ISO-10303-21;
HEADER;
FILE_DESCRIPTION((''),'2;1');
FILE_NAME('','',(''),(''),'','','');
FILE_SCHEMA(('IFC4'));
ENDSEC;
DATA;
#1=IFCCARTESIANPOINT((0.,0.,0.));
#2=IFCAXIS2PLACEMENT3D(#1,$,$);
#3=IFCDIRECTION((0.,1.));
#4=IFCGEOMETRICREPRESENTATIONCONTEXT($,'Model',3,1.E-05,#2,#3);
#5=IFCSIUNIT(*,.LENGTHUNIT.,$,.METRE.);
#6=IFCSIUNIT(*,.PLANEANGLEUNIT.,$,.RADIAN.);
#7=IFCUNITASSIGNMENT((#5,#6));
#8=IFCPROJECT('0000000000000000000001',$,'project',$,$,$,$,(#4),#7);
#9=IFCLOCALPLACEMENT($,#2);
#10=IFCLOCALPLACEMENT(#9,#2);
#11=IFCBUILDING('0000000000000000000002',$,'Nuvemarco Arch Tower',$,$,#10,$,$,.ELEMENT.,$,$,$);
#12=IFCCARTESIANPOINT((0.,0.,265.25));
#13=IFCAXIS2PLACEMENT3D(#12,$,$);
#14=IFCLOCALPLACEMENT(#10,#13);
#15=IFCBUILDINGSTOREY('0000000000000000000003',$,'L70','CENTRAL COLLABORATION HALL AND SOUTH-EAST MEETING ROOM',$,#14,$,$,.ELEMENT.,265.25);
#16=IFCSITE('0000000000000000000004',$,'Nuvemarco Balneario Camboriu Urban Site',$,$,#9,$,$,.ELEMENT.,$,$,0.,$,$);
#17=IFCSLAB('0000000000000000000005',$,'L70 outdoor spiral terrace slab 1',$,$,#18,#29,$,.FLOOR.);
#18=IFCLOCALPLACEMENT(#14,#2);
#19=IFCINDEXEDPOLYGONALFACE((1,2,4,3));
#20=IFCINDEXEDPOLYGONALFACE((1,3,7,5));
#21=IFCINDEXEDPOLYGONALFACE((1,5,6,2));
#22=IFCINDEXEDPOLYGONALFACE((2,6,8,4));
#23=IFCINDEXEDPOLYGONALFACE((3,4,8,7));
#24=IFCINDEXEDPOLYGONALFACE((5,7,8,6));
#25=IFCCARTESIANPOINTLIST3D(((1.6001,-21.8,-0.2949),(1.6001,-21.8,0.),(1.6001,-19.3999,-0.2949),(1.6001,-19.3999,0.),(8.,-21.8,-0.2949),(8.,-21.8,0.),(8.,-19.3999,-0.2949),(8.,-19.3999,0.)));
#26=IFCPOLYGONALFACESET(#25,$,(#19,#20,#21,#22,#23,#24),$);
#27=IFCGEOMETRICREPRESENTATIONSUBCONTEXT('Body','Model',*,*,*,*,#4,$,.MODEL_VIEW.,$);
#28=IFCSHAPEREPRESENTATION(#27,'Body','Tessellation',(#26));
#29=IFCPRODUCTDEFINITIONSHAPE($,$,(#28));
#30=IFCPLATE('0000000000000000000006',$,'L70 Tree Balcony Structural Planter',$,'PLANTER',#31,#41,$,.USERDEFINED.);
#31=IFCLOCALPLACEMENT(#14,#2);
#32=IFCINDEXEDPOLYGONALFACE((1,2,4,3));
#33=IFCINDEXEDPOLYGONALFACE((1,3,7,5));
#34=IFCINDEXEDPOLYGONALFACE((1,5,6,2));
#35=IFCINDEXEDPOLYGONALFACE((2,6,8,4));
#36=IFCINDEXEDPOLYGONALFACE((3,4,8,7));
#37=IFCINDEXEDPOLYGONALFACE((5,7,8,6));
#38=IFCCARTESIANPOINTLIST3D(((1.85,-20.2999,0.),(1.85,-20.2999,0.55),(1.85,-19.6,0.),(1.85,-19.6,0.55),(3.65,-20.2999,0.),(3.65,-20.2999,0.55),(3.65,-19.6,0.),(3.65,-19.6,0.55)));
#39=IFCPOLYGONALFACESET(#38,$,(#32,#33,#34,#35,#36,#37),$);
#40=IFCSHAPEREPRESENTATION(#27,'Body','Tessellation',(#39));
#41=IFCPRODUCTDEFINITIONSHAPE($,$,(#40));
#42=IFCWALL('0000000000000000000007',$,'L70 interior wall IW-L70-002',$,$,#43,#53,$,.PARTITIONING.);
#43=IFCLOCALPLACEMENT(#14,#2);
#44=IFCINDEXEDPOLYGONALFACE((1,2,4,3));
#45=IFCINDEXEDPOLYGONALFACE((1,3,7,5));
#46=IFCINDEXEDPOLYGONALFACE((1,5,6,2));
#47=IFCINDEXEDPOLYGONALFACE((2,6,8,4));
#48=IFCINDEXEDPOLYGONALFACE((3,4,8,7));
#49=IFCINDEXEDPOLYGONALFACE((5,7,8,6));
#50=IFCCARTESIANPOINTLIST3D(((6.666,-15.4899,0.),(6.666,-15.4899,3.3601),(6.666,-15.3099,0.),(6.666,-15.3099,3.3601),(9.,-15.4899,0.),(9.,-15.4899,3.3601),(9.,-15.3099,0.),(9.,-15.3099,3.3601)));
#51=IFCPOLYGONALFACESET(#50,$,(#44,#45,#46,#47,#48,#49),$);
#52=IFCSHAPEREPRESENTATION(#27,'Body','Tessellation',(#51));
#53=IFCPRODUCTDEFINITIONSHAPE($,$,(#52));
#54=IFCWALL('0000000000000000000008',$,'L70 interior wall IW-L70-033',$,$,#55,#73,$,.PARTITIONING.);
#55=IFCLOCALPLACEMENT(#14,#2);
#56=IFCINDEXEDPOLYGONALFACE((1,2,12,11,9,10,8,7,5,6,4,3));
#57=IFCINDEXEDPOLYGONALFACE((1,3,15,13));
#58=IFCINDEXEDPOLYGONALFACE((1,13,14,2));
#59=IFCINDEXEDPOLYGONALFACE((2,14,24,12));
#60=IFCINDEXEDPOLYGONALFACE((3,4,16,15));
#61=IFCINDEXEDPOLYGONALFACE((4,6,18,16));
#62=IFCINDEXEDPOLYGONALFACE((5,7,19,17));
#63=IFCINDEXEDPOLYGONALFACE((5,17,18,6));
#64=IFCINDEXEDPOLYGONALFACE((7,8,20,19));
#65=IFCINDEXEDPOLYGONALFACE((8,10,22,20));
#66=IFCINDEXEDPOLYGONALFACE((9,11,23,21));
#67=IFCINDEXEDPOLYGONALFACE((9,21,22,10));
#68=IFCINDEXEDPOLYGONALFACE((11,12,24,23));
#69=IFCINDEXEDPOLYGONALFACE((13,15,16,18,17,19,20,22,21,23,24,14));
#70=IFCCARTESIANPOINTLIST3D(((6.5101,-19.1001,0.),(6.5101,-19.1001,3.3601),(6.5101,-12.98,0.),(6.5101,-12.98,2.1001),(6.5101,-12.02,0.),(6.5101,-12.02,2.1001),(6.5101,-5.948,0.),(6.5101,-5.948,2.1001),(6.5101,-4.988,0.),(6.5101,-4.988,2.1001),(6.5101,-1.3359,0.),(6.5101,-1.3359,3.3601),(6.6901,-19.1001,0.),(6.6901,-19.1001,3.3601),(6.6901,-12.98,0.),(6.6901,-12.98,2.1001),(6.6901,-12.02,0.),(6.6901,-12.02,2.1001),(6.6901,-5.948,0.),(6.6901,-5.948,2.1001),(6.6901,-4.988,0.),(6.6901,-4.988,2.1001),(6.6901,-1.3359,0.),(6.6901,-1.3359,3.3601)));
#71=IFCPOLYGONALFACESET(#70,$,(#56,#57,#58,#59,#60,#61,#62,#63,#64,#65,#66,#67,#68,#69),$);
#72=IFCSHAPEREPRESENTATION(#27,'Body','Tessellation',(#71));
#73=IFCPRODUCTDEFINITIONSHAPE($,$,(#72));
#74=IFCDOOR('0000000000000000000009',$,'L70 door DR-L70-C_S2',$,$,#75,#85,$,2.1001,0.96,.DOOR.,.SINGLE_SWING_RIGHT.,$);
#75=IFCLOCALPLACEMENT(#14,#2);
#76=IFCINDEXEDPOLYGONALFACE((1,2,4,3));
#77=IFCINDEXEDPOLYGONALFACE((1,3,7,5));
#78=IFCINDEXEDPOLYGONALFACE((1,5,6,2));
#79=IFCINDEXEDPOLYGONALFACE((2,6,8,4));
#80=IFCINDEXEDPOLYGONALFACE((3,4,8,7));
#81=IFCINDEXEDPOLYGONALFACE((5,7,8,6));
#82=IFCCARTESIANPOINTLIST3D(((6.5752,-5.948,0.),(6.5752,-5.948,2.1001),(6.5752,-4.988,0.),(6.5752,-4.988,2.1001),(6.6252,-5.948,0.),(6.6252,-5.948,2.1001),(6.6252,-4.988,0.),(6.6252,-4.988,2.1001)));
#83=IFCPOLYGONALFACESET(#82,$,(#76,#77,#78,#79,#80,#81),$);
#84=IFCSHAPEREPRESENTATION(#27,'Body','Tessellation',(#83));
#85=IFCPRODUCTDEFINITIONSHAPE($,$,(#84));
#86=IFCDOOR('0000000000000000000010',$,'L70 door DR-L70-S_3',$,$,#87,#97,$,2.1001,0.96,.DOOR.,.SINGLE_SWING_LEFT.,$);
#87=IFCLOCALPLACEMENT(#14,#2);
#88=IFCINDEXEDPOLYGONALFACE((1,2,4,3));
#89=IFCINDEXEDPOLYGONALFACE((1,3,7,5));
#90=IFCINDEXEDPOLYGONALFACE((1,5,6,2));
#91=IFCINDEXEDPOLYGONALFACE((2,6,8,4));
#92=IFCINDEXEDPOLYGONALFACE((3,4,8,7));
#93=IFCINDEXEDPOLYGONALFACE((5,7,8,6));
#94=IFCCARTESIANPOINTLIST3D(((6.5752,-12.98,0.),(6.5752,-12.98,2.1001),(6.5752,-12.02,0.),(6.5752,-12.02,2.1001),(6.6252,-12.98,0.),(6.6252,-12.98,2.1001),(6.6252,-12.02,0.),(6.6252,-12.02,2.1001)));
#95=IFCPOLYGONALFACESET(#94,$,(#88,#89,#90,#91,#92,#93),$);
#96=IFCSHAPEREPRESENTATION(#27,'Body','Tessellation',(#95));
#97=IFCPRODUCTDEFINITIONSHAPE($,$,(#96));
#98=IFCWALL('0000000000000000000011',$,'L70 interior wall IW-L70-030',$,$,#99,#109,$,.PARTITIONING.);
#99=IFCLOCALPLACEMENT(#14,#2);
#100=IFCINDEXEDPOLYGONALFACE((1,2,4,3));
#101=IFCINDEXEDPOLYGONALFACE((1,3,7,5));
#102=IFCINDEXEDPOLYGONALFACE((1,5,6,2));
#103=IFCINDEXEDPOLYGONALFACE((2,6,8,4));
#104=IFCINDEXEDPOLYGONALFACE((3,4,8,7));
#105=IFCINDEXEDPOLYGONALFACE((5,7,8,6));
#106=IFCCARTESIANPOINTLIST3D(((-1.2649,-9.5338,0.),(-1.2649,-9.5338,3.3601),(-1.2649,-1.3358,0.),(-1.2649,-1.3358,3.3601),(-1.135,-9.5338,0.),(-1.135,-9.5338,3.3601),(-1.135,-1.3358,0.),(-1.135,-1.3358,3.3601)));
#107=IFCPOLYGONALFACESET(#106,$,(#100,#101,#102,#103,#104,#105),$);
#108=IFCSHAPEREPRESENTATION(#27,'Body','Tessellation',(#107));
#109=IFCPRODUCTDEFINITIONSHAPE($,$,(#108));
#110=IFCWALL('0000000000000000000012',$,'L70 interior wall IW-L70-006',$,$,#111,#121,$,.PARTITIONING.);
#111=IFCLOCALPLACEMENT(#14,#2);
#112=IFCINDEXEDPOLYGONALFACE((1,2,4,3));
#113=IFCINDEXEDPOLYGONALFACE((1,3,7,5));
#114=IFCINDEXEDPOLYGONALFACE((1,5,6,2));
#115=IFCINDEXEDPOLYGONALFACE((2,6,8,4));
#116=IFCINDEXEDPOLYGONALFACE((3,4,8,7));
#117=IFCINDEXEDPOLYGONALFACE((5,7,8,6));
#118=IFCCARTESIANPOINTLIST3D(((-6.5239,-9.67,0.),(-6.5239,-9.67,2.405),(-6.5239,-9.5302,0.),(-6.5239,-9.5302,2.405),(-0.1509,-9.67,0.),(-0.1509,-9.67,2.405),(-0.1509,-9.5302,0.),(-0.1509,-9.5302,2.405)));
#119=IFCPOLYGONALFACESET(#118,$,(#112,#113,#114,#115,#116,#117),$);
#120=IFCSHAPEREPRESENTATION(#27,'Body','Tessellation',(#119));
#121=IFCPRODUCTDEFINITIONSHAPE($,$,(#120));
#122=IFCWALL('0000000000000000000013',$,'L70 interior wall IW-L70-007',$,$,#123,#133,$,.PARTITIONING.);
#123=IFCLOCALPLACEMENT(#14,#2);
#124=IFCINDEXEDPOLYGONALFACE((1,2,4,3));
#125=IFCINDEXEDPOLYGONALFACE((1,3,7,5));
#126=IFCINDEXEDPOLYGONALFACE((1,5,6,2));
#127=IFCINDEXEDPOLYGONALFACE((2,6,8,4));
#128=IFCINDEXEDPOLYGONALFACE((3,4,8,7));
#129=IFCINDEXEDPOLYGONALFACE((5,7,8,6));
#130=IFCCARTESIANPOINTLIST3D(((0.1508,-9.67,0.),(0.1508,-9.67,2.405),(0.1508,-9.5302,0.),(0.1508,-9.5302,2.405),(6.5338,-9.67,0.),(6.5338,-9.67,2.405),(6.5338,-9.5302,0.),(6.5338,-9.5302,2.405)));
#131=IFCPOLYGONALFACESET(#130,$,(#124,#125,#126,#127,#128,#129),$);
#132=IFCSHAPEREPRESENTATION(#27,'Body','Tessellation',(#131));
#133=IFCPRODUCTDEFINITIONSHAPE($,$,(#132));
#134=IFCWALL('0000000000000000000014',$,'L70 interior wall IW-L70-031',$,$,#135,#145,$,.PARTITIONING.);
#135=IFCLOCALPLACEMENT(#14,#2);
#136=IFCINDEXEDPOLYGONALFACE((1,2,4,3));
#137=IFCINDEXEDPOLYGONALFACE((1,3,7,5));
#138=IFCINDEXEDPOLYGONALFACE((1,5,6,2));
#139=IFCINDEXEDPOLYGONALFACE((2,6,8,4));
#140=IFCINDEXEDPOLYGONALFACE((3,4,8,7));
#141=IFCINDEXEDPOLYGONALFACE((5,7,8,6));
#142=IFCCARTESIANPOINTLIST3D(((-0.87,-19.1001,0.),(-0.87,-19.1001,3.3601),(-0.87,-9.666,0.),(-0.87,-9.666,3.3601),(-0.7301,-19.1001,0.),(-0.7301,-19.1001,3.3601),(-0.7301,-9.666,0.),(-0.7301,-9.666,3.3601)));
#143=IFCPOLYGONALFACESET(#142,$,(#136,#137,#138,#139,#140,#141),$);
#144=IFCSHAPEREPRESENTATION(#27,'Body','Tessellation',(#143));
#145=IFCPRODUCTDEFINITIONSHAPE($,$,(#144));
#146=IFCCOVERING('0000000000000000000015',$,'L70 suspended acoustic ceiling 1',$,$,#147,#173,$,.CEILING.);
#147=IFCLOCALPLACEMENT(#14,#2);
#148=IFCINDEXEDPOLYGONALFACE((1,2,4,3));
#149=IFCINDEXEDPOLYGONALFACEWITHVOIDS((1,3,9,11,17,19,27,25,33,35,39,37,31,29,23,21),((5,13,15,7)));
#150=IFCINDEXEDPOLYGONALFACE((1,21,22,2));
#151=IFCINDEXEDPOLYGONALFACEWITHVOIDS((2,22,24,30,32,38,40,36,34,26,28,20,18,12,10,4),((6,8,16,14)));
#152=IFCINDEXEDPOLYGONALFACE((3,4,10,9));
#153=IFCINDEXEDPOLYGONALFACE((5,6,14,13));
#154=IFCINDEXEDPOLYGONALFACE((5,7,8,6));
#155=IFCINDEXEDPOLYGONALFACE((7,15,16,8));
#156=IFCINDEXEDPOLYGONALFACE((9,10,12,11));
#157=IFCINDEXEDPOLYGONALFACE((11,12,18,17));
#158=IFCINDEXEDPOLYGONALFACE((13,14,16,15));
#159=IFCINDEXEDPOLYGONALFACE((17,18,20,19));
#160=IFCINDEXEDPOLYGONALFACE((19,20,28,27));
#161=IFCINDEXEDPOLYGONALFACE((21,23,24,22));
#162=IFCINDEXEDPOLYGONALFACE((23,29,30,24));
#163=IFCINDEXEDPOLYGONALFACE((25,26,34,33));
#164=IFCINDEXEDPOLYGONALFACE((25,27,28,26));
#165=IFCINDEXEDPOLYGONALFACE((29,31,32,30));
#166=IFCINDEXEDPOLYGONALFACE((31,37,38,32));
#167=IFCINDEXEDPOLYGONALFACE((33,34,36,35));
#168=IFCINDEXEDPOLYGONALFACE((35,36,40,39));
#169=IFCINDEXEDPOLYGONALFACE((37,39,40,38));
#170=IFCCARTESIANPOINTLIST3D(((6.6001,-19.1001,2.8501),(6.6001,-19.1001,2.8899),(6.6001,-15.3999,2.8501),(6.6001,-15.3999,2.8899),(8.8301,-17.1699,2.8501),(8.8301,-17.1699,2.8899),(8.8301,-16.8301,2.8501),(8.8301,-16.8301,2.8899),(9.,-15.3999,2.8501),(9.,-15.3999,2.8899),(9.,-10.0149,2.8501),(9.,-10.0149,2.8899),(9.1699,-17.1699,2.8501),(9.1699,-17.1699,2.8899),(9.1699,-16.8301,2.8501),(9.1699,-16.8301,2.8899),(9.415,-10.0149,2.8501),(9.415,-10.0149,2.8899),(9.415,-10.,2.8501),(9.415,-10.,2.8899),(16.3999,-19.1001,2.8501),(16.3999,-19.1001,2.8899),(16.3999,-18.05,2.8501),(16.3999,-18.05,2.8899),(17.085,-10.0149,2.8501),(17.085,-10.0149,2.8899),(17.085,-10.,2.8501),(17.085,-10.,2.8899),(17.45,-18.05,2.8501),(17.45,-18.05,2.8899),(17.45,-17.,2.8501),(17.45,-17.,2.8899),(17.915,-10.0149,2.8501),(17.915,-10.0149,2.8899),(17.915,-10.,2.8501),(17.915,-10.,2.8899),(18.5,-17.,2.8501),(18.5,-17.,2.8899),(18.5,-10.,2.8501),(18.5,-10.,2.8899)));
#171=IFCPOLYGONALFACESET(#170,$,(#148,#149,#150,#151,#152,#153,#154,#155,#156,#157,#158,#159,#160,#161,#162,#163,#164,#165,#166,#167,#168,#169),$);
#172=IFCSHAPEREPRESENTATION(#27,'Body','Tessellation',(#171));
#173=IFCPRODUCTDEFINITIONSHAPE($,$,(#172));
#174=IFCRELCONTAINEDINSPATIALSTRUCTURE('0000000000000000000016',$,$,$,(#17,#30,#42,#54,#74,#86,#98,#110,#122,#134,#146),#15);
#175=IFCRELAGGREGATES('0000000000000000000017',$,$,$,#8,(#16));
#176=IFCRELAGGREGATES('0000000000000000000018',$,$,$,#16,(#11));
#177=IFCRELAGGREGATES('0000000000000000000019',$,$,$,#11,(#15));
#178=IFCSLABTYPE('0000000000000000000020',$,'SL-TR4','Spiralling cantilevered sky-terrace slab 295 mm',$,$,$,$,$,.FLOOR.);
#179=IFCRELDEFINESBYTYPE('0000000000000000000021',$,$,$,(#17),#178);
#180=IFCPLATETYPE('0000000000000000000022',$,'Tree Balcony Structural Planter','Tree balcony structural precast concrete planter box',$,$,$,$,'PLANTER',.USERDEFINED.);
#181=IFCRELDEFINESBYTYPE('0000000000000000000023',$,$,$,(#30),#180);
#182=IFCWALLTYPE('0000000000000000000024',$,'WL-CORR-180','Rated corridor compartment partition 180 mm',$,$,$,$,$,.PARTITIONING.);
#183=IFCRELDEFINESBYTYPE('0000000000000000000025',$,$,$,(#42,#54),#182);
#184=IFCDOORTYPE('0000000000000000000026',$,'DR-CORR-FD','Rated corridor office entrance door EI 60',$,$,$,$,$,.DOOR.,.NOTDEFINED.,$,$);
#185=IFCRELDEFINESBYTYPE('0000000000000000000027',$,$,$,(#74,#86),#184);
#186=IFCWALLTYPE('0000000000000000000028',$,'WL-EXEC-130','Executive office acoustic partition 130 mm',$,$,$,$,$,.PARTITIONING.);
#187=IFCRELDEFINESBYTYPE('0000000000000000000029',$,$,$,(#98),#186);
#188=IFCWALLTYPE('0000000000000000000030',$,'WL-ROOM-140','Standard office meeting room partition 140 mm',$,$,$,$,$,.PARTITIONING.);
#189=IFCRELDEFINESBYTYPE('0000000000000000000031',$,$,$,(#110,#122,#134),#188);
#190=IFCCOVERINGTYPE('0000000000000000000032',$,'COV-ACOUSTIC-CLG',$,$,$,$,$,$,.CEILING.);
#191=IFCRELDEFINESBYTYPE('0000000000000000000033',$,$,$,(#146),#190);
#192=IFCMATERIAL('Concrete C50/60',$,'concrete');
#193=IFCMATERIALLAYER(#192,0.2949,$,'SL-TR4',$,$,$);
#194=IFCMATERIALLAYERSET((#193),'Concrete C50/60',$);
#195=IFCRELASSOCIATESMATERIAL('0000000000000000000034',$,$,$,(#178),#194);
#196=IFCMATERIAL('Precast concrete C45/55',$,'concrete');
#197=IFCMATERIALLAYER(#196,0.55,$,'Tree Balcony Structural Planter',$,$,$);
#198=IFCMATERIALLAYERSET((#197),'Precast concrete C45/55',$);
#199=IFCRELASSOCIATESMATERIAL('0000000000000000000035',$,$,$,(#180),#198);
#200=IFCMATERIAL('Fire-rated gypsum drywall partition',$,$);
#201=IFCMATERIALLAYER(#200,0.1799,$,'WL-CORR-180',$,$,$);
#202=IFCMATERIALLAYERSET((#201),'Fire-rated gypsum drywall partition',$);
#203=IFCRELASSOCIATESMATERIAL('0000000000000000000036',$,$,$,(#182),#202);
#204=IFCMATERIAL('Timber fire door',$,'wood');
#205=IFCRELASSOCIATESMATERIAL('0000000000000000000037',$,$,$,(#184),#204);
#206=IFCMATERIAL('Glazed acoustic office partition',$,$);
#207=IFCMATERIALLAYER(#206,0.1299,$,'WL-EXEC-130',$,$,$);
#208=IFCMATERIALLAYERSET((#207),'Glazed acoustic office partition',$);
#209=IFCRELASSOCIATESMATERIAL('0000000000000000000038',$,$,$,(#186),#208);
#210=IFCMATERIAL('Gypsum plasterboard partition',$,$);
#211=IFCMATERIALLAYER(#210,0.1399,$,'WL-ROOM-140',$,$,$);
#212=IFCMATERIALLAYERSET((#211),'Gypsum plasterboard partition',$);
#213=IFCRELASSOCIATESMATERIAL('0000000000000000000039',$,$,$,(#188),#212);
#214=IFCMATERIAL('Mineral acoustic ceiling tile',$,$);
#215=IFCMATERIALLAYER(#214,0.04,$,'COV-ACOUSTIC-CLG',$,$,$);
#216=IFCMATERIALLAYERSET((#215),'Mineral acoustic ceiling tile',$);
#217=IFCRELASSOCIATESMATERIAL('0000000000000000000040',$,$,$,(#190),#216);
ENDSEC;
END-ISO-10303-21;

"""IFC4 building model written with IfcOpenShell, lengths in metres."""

from ifc_helpers import new_model, si_unit, direction, frame, frame_2d, origin, origin_2d, place, context, subcontext, project, spatial, polyline, rectangle, outline, extrude, source, transform, mapped, material, layer, layer_set, type_object, type_shapes, element, fill, save


model = new_model("IFC4")

# Units and contexts
model_context = context("Model", 3, precision=1e-05, world=origin(), true_north=direction((0.0, 1.0)))
body_context = subcontext(model_context, "Body", "Model", "MODEL_VIEW")
ifc_project = project(units=[si_unit("LENGTHUNIT", "METRE"), si_unit("PLANEANGLEUNIT", "RADIAN")], contexts=[model_context])

# Site, building, storey
site_placement = place(None, origin())
site = spatial("IfcSite", under=ifc_project, at=site_placement, Name="Nuvemarco Balneario Camboriu Urban Site", CompositionType="ELEMENT", RefElevation=0.0)
building_placement = place(site_placement, origin())
building = spatial("IfcBuilding", under=site, at=building_placement, Name="Nuvemarco Arch Tower", CompositionType="ELEMENT")
storey_placement = place(building_placement, frame((0.0, 0.0, 265.25)))
storey = spatial("IfcBuildingStorey", under=building, at=storey_placement, Name="L70", Description="CENTRAL COLLABORATION HALL AND SOUTH-EAST MEETING ROOM", CompositionType="ELEMENT", Elevation=265.25)

# Shared definitions
ifc_material_1 = material(Name="Precast concrete C45/55", Category="concrete")

# Shared definitions
ifc_material_2 = material(Name="Concrete C50/60", Category="concrete")

# Slab
ifc_layer_1 = layer(ifc_material_2, 0.2949, Name="SL-TR4")
ifc_layer_set_1 = layer_set([ifc_layer_1], Name="Concrete C50/60")
slab_type_1 = type_object("IfcSlabType", Name="SL-TR4", Description="Spiralling cantilevered sky-terrace slab 295 mm", PredefinedType="FLOOR", material=ifc_layer_set_1)
slab_1_placement = place(storey_placement, frame((0.0, 0.0, -0.2949)))
element("IfcSlab", 1, at=slab_1_placement, inside=storey, type_object=slab_type_1, Name="L70 outdoor spiral terrace slab 1", PredefinedType="FLOOR", context=body_context, shape_type="SweptSolid", body=[
    extrude(outline(polyline([(1.6001, -21.8), (8.0, -21.8), (8.0, -19.3999), (1.6001, -19.3999), (1.6001, -21.8)])), origin(), (0.0, 0.0, 1.0), 0.2949),
])

# Plate
ifc_layer_2 = layer(ifc_material_1, 0.55, Name="Tree Balcony Structural Planter")
ifc_layer_set_2 = layer_set([ifc_layer_2], Name="Precast concrete C45/55")
plate_type = type_object("IfcPlateType", Name="Tree Balcony Structural Planter", Description="Tree balcony structural precast concrete planter box", ElementType="PLANTER", PredefinedType="USERDEFINED", material=ifc_layer_set_2)
shared_shape_1 = source(origin(), body_context, "Body", "SweptSolid", [
    extrude(rectangle(XDim=1.8, YDim=0.7, at=origin_2d()), origin(), (0.0, 0.0, 1.0), 0.55),
])
type_shapes(plate_type, [shared_shape_1])
plate_placement = place(storey_placement, frame((2.75, -19.95, 0.0), z_axis=(0.0, 0.0, 1.0), x_axis=(1.0, 0.0, 0.0)))
element("IfcPlate", 2, at=plate_placement, inside=storey, type_object=plate_type, Name="L70 Tree Balcony Structural Planter", ObjectType="PLANTER", PredefinedType="USERDEFINED", context=body_context, shape_type="MappedRepresentation", body=[
    mapped(shared_shape_1, transform((0.0, 0.0, 0.0), scale=1.0)),
])

# Wall
ifc_material_3 = material(Name="Fire-rated gypsum drywall partition")
ifc_layer_3 = layer(ifc_material_3, 0.1799, Name="WL-CORR-180")
ifc_layer_set_3 = layer_set([ifc_layer_3], Name="Fire-rated gypsum drywall partition")
wall_type_1 = type_object("IfcWallType", Name="WL-CORR-180", Description="Rated corridor compartment partition 180 mm", PredefinedType="PARTITIONING", material=ifc_layer_set_3)
wall_1_placement = place(storey_placement, frame((6.666, -15.3999, 0.0), z_axis=(0.0, 0.0, 1.0), x_axis=(1.0, 0.0, 0.0)))
element("IfcWall", 3, at=wall_1_placement, inside=storey, type_object=wall_type_1, Name="L70 interior wall IW-L70-002", PredefinedType="PARTITIONING", context=body_context, shape_type="SweptSolid", body=[
    extrude(rectangle(XDim=2.334, YDim=0.1799, at=frame_2d((1.167, 0.0))), origin(), (0.0, 0.0, 1.0), 3.3601),
])

# Wall, openings, doors
wall_2_placement = place(storey_placement, frame((6.6001, -19.1001, 0.0), z_axis=(0.0, 0.0, 1.0), x_axis=(0.0, 1.0, 0.0)))
wall_2 = element("IfcWall", 4, at=wall_2_placement, inside=storey, type_object=wall_type_1, Name="L70 interior wall IW-L70-033", PredefinedType="PARTITIONING", context=body_context, shape_type="SweptSolid", body=[
    extrude(rectangle(XDim=17.7642, YDim=0.1799, at=frame_2d((8.8821, 0.0))), origin(), (0.0, 0.0, 1.0), 3.3601),
])
opening_1_placement = place(wall_2_placement, frame((13.1521, 0.0, 0.0)))
opening_1 = element("IfcOpeningElement", 5, at=opening_1_placement, cuts=wall_2, PredefinedType="OPENING", context=body_context, shape_type="SweptSolid", body=[
    extrude(rectangle(XDim=0.96, YDim=2.1001, at=frame_2d((0.48, 1.05))), frame((0.0, 0.0999, 0.0), z_axis=(0.0, -1.0, 0.0), x_axis=(1.0, 0.0, 0.0)), (0.0, 0.0, 1.0), 0.2),
])
opening_2_placement = place(wall_2_placement, frame((6.1201, 0.0, 0.0)))
opening_2 = element("IfcOpeningElement", 6, at=opening_2_placement, cuts=wall_2, PredefinedType="OPENING", context=body_context, shape_type="SweptSolid", body=[
    extrude(rectangle(XDim=0.96, YDim=2.1001, at=frame_2d((0.48, 1.05))), frame((0.0, 0.0999, 0.0), z_axis=(0.0, -1.0, 0.0), x_axis=(1.0, 0.0, 0.0)), (0.0, 0.0, 1.0), 0.2),
])
ifc_material_4 = material(Name="Timber fire door", Category="wood")
door_type = type_object("IfcDoorType", Name="DR-CORR-FD", Description="Rated corridor office entrance door EI 60", OperationType="NOTDEFINED", PredefinedType="DOOR", material=ifc_material_4)
shared_shape_2 = source(origin(), body_context, "Body", "SweptSolid", [
    extrude(rectangle(XDim=0.96, YDim=2.1001, at=frame_2d((0.48, 1.05))), frame((0.0, 0.0249, 0.0), z_axis=(0.0, -1.0, 0.0), x_axis=(1.0, 0.0, 0.0)), (0.0, 0.0, 1.0), 0.05),
])
type_shapes(door_type, [shared_shape_2])
door_1_placement = place(opening_1_placement, origin())
door_1 = element("IfcDoor", 7, at=door_1_placement, inside=storey, type_object=door_type, Name="L70 door DR-L70-C_S2", OperationType="SINGLE_SWING_RIGHT", OverallHeight=2.1001, OverallWidth=0.96, PredefinedType="DOOR", context=body_context, shape_type="MappedRepresentation", body=[
    mapped(shared_shape_2, transform((0.0, 0.0, 0.0), scale=1.0)),
])
fill(opening_1, door_1)
door_2_placement = place(opening_2_placement, origin())
door_2 = element("IfcDoor", 8, at=door_2_placement, inside=storey, type_object=door_type, Name="L70 door DR-L70-S_3", OperationType="SINGLE_SWING_LEFT", OverallHeight=2.1001, OverallWidth=0.96, PredefinedType="DOOR", context=body_context, shape_type="MappedRepresentation", body=[
    mapped(shared_shape_2, transform((0.0, 0.0, 0.0), scale=1.0)),
])
fill(opening_2, door_2)

# Walls
ifc_material_5 = material(Name="Glazed acoustic office partition")
ifc_layer_4 = layer(ifc_material_5, 0.1299, Name="WL-EXEC-130")
ifc_layer_set_4 = layer_set([ifc_layer_4], Name="Glazed acoustic office partition")
wall_type_2 = type_object("IfcWallType", Name="WL-EXEC-130", Description="Executive office acoustic partition 130 mm", PredefinedType="PARTITIONING", material=ifc_layer_set_4)
wall_3_placement = place(storey_placement, frame((-1.2, -9.5339, 0.0), z_axis=(0.0, 0.0, 1.0), x_axis=(0.0, 1.0, 0.0)))
element("IfcWall", 9, at=wall_3_placement, inside=storey, type_object=wall_type_2, Name="L70 interior wall IW-L70-030", PredefinedType="PARTITIONING", context=body_context, shape_type="SweptSolid", body=[
    extrude(rectangle(XDim=8.198, YDim=0.1299, at=frame_2d((4.0991, 0.0))), origin(), (0.0, 0.0, 1.0), 3.3601),
])
ifc_material_6 = material(Name="Gypsum plasterboard partition")
ifc_layer_5 = layer(ifc_material_6, 0.1399, Name="WL-ROOM-140")
ifc_layer_set_5 = layer_set([ifc_layer_5], Name="Gypsum plasterboard partition")
wall_type_3 = type_object("IfcWallType", Name="WL-ROOM-140", Description="Standard office meeting room partition 140 mm", PredefinedType="PARTITIONING", material=ifc_layer_set_5)
wall_4_placement = place(storey_placement, frame((-6.5239, -9.6001, 0.0), z_axis=(0.0, 0.0, 1.0), x_axis=(1.0, 0.0, 0.0)))
element("IfcWall", 10, at=wall_4_placement, inside=storey, type_object=wall_type_3, Name="L70 interior wall IW-L70-006", PredefinedType="PARTITIONING", context=body_context, shape_type="SweptSolid", body=[
    extrude(rectangle(XDim=6.373, YDim=0.1399, at=frame_2d((3.1865, 0.0))), origin(), (0.0, 0.0, 1.0), 2.405),
])
wall_5_placement = place(storey_placement, frame((0.1509, -9.6001, 0.0), z_axis=(0.0, 0.0, 1.0), x_axis=(1.0, 0.0, 0.0)))
element("IfcWall", 11, at=wall_5_placement, inside=storey, type_object=wall_type_3, Name="L70 interior wall IW-L70-007", PredefinedType="PARTITIONING", context=body_context, shape_type="SweptSolid", body=[
    extrude(rectangle(XDim=6.3831, YDim=0.1399, at=frame_2d((3.1914, 0.0))), origin(), (0.0, 0.0, 1.0), 2.405),
])
wall_6_placement = place(storey_placement, frame((-0.8, -19.1001, 0.0), z_axis=(0.0, 0.0, 1.0), x_axis=(0.0, 1.0, 0.0)))
element("IfcWall", 12, at=wall_6_placement, inside=storey, type_object=wall_type_3, Name="L70 interior wall IW-L70-031", PredefinedType="PARTITIONING", context=body_context, shape_type="SweptSolid", body=[
    extrude(rectangle(XDim=9.4341, YDim=0.1399, at=frame_2d((4.717, 0.0))), origin(), (0.0, 0.0, 1.0), 3.3601),
])

# Covering
ifc_material_7 = material(Name="Mineral acoustic ceiling tile")
ifc_layer_6 = layer(ifc_material_7, 0.04, Name="COV-ACOUSTIC-CLG")
ifc_layer_set_6 = layer_set([ifc_layer_6], Name="Mineral acoustic ceiling tile")
covering_type = type_object("IfcCoveringType", Name="COV-ACOUSTIC-CLG", PredefinedType="CEILING", material=ifc_layer_set_6)
covering_1_placement = place(storey_placement, frame((0.0, 0.0, 2.8501)))
element("IfcCovering", 13, at=covering_1_placement, inside=storey, type_object=covering_type, Name="L70 suspended acoustic ceiling 1", PredefinedType="CEILING", context=body_context, shape_type="SweptSolid", body=[
    extrude(outline(polyline([(16.3999, -19.1001), (6.6001, -19.1001), (6.6001, -15.3999), (9.0, -15.3999), (9.0, -10.0149), (9.415, -10.0149), (9.415, -10.0), (17.085, -10.0), (17.085, -10.0149), (17.915, -10.0149), (17.915, -10.0), (18.5, -10.0), (18.5, -17.0), (17.45, -17.0), (17.45, -18.05), (16.3999, -18.05), (16.3999, -19.1001)]), holes=[polyline([(9.1699, -17.1699), (9.1699, -16.8301), (8.8301, -16.8301), (8.8301, -17.1699), (9.1699, -17.1699)])]), origin(), (0.0, 0.0, 1.0), 0.0398),
])

save(model, "model.ifc")
